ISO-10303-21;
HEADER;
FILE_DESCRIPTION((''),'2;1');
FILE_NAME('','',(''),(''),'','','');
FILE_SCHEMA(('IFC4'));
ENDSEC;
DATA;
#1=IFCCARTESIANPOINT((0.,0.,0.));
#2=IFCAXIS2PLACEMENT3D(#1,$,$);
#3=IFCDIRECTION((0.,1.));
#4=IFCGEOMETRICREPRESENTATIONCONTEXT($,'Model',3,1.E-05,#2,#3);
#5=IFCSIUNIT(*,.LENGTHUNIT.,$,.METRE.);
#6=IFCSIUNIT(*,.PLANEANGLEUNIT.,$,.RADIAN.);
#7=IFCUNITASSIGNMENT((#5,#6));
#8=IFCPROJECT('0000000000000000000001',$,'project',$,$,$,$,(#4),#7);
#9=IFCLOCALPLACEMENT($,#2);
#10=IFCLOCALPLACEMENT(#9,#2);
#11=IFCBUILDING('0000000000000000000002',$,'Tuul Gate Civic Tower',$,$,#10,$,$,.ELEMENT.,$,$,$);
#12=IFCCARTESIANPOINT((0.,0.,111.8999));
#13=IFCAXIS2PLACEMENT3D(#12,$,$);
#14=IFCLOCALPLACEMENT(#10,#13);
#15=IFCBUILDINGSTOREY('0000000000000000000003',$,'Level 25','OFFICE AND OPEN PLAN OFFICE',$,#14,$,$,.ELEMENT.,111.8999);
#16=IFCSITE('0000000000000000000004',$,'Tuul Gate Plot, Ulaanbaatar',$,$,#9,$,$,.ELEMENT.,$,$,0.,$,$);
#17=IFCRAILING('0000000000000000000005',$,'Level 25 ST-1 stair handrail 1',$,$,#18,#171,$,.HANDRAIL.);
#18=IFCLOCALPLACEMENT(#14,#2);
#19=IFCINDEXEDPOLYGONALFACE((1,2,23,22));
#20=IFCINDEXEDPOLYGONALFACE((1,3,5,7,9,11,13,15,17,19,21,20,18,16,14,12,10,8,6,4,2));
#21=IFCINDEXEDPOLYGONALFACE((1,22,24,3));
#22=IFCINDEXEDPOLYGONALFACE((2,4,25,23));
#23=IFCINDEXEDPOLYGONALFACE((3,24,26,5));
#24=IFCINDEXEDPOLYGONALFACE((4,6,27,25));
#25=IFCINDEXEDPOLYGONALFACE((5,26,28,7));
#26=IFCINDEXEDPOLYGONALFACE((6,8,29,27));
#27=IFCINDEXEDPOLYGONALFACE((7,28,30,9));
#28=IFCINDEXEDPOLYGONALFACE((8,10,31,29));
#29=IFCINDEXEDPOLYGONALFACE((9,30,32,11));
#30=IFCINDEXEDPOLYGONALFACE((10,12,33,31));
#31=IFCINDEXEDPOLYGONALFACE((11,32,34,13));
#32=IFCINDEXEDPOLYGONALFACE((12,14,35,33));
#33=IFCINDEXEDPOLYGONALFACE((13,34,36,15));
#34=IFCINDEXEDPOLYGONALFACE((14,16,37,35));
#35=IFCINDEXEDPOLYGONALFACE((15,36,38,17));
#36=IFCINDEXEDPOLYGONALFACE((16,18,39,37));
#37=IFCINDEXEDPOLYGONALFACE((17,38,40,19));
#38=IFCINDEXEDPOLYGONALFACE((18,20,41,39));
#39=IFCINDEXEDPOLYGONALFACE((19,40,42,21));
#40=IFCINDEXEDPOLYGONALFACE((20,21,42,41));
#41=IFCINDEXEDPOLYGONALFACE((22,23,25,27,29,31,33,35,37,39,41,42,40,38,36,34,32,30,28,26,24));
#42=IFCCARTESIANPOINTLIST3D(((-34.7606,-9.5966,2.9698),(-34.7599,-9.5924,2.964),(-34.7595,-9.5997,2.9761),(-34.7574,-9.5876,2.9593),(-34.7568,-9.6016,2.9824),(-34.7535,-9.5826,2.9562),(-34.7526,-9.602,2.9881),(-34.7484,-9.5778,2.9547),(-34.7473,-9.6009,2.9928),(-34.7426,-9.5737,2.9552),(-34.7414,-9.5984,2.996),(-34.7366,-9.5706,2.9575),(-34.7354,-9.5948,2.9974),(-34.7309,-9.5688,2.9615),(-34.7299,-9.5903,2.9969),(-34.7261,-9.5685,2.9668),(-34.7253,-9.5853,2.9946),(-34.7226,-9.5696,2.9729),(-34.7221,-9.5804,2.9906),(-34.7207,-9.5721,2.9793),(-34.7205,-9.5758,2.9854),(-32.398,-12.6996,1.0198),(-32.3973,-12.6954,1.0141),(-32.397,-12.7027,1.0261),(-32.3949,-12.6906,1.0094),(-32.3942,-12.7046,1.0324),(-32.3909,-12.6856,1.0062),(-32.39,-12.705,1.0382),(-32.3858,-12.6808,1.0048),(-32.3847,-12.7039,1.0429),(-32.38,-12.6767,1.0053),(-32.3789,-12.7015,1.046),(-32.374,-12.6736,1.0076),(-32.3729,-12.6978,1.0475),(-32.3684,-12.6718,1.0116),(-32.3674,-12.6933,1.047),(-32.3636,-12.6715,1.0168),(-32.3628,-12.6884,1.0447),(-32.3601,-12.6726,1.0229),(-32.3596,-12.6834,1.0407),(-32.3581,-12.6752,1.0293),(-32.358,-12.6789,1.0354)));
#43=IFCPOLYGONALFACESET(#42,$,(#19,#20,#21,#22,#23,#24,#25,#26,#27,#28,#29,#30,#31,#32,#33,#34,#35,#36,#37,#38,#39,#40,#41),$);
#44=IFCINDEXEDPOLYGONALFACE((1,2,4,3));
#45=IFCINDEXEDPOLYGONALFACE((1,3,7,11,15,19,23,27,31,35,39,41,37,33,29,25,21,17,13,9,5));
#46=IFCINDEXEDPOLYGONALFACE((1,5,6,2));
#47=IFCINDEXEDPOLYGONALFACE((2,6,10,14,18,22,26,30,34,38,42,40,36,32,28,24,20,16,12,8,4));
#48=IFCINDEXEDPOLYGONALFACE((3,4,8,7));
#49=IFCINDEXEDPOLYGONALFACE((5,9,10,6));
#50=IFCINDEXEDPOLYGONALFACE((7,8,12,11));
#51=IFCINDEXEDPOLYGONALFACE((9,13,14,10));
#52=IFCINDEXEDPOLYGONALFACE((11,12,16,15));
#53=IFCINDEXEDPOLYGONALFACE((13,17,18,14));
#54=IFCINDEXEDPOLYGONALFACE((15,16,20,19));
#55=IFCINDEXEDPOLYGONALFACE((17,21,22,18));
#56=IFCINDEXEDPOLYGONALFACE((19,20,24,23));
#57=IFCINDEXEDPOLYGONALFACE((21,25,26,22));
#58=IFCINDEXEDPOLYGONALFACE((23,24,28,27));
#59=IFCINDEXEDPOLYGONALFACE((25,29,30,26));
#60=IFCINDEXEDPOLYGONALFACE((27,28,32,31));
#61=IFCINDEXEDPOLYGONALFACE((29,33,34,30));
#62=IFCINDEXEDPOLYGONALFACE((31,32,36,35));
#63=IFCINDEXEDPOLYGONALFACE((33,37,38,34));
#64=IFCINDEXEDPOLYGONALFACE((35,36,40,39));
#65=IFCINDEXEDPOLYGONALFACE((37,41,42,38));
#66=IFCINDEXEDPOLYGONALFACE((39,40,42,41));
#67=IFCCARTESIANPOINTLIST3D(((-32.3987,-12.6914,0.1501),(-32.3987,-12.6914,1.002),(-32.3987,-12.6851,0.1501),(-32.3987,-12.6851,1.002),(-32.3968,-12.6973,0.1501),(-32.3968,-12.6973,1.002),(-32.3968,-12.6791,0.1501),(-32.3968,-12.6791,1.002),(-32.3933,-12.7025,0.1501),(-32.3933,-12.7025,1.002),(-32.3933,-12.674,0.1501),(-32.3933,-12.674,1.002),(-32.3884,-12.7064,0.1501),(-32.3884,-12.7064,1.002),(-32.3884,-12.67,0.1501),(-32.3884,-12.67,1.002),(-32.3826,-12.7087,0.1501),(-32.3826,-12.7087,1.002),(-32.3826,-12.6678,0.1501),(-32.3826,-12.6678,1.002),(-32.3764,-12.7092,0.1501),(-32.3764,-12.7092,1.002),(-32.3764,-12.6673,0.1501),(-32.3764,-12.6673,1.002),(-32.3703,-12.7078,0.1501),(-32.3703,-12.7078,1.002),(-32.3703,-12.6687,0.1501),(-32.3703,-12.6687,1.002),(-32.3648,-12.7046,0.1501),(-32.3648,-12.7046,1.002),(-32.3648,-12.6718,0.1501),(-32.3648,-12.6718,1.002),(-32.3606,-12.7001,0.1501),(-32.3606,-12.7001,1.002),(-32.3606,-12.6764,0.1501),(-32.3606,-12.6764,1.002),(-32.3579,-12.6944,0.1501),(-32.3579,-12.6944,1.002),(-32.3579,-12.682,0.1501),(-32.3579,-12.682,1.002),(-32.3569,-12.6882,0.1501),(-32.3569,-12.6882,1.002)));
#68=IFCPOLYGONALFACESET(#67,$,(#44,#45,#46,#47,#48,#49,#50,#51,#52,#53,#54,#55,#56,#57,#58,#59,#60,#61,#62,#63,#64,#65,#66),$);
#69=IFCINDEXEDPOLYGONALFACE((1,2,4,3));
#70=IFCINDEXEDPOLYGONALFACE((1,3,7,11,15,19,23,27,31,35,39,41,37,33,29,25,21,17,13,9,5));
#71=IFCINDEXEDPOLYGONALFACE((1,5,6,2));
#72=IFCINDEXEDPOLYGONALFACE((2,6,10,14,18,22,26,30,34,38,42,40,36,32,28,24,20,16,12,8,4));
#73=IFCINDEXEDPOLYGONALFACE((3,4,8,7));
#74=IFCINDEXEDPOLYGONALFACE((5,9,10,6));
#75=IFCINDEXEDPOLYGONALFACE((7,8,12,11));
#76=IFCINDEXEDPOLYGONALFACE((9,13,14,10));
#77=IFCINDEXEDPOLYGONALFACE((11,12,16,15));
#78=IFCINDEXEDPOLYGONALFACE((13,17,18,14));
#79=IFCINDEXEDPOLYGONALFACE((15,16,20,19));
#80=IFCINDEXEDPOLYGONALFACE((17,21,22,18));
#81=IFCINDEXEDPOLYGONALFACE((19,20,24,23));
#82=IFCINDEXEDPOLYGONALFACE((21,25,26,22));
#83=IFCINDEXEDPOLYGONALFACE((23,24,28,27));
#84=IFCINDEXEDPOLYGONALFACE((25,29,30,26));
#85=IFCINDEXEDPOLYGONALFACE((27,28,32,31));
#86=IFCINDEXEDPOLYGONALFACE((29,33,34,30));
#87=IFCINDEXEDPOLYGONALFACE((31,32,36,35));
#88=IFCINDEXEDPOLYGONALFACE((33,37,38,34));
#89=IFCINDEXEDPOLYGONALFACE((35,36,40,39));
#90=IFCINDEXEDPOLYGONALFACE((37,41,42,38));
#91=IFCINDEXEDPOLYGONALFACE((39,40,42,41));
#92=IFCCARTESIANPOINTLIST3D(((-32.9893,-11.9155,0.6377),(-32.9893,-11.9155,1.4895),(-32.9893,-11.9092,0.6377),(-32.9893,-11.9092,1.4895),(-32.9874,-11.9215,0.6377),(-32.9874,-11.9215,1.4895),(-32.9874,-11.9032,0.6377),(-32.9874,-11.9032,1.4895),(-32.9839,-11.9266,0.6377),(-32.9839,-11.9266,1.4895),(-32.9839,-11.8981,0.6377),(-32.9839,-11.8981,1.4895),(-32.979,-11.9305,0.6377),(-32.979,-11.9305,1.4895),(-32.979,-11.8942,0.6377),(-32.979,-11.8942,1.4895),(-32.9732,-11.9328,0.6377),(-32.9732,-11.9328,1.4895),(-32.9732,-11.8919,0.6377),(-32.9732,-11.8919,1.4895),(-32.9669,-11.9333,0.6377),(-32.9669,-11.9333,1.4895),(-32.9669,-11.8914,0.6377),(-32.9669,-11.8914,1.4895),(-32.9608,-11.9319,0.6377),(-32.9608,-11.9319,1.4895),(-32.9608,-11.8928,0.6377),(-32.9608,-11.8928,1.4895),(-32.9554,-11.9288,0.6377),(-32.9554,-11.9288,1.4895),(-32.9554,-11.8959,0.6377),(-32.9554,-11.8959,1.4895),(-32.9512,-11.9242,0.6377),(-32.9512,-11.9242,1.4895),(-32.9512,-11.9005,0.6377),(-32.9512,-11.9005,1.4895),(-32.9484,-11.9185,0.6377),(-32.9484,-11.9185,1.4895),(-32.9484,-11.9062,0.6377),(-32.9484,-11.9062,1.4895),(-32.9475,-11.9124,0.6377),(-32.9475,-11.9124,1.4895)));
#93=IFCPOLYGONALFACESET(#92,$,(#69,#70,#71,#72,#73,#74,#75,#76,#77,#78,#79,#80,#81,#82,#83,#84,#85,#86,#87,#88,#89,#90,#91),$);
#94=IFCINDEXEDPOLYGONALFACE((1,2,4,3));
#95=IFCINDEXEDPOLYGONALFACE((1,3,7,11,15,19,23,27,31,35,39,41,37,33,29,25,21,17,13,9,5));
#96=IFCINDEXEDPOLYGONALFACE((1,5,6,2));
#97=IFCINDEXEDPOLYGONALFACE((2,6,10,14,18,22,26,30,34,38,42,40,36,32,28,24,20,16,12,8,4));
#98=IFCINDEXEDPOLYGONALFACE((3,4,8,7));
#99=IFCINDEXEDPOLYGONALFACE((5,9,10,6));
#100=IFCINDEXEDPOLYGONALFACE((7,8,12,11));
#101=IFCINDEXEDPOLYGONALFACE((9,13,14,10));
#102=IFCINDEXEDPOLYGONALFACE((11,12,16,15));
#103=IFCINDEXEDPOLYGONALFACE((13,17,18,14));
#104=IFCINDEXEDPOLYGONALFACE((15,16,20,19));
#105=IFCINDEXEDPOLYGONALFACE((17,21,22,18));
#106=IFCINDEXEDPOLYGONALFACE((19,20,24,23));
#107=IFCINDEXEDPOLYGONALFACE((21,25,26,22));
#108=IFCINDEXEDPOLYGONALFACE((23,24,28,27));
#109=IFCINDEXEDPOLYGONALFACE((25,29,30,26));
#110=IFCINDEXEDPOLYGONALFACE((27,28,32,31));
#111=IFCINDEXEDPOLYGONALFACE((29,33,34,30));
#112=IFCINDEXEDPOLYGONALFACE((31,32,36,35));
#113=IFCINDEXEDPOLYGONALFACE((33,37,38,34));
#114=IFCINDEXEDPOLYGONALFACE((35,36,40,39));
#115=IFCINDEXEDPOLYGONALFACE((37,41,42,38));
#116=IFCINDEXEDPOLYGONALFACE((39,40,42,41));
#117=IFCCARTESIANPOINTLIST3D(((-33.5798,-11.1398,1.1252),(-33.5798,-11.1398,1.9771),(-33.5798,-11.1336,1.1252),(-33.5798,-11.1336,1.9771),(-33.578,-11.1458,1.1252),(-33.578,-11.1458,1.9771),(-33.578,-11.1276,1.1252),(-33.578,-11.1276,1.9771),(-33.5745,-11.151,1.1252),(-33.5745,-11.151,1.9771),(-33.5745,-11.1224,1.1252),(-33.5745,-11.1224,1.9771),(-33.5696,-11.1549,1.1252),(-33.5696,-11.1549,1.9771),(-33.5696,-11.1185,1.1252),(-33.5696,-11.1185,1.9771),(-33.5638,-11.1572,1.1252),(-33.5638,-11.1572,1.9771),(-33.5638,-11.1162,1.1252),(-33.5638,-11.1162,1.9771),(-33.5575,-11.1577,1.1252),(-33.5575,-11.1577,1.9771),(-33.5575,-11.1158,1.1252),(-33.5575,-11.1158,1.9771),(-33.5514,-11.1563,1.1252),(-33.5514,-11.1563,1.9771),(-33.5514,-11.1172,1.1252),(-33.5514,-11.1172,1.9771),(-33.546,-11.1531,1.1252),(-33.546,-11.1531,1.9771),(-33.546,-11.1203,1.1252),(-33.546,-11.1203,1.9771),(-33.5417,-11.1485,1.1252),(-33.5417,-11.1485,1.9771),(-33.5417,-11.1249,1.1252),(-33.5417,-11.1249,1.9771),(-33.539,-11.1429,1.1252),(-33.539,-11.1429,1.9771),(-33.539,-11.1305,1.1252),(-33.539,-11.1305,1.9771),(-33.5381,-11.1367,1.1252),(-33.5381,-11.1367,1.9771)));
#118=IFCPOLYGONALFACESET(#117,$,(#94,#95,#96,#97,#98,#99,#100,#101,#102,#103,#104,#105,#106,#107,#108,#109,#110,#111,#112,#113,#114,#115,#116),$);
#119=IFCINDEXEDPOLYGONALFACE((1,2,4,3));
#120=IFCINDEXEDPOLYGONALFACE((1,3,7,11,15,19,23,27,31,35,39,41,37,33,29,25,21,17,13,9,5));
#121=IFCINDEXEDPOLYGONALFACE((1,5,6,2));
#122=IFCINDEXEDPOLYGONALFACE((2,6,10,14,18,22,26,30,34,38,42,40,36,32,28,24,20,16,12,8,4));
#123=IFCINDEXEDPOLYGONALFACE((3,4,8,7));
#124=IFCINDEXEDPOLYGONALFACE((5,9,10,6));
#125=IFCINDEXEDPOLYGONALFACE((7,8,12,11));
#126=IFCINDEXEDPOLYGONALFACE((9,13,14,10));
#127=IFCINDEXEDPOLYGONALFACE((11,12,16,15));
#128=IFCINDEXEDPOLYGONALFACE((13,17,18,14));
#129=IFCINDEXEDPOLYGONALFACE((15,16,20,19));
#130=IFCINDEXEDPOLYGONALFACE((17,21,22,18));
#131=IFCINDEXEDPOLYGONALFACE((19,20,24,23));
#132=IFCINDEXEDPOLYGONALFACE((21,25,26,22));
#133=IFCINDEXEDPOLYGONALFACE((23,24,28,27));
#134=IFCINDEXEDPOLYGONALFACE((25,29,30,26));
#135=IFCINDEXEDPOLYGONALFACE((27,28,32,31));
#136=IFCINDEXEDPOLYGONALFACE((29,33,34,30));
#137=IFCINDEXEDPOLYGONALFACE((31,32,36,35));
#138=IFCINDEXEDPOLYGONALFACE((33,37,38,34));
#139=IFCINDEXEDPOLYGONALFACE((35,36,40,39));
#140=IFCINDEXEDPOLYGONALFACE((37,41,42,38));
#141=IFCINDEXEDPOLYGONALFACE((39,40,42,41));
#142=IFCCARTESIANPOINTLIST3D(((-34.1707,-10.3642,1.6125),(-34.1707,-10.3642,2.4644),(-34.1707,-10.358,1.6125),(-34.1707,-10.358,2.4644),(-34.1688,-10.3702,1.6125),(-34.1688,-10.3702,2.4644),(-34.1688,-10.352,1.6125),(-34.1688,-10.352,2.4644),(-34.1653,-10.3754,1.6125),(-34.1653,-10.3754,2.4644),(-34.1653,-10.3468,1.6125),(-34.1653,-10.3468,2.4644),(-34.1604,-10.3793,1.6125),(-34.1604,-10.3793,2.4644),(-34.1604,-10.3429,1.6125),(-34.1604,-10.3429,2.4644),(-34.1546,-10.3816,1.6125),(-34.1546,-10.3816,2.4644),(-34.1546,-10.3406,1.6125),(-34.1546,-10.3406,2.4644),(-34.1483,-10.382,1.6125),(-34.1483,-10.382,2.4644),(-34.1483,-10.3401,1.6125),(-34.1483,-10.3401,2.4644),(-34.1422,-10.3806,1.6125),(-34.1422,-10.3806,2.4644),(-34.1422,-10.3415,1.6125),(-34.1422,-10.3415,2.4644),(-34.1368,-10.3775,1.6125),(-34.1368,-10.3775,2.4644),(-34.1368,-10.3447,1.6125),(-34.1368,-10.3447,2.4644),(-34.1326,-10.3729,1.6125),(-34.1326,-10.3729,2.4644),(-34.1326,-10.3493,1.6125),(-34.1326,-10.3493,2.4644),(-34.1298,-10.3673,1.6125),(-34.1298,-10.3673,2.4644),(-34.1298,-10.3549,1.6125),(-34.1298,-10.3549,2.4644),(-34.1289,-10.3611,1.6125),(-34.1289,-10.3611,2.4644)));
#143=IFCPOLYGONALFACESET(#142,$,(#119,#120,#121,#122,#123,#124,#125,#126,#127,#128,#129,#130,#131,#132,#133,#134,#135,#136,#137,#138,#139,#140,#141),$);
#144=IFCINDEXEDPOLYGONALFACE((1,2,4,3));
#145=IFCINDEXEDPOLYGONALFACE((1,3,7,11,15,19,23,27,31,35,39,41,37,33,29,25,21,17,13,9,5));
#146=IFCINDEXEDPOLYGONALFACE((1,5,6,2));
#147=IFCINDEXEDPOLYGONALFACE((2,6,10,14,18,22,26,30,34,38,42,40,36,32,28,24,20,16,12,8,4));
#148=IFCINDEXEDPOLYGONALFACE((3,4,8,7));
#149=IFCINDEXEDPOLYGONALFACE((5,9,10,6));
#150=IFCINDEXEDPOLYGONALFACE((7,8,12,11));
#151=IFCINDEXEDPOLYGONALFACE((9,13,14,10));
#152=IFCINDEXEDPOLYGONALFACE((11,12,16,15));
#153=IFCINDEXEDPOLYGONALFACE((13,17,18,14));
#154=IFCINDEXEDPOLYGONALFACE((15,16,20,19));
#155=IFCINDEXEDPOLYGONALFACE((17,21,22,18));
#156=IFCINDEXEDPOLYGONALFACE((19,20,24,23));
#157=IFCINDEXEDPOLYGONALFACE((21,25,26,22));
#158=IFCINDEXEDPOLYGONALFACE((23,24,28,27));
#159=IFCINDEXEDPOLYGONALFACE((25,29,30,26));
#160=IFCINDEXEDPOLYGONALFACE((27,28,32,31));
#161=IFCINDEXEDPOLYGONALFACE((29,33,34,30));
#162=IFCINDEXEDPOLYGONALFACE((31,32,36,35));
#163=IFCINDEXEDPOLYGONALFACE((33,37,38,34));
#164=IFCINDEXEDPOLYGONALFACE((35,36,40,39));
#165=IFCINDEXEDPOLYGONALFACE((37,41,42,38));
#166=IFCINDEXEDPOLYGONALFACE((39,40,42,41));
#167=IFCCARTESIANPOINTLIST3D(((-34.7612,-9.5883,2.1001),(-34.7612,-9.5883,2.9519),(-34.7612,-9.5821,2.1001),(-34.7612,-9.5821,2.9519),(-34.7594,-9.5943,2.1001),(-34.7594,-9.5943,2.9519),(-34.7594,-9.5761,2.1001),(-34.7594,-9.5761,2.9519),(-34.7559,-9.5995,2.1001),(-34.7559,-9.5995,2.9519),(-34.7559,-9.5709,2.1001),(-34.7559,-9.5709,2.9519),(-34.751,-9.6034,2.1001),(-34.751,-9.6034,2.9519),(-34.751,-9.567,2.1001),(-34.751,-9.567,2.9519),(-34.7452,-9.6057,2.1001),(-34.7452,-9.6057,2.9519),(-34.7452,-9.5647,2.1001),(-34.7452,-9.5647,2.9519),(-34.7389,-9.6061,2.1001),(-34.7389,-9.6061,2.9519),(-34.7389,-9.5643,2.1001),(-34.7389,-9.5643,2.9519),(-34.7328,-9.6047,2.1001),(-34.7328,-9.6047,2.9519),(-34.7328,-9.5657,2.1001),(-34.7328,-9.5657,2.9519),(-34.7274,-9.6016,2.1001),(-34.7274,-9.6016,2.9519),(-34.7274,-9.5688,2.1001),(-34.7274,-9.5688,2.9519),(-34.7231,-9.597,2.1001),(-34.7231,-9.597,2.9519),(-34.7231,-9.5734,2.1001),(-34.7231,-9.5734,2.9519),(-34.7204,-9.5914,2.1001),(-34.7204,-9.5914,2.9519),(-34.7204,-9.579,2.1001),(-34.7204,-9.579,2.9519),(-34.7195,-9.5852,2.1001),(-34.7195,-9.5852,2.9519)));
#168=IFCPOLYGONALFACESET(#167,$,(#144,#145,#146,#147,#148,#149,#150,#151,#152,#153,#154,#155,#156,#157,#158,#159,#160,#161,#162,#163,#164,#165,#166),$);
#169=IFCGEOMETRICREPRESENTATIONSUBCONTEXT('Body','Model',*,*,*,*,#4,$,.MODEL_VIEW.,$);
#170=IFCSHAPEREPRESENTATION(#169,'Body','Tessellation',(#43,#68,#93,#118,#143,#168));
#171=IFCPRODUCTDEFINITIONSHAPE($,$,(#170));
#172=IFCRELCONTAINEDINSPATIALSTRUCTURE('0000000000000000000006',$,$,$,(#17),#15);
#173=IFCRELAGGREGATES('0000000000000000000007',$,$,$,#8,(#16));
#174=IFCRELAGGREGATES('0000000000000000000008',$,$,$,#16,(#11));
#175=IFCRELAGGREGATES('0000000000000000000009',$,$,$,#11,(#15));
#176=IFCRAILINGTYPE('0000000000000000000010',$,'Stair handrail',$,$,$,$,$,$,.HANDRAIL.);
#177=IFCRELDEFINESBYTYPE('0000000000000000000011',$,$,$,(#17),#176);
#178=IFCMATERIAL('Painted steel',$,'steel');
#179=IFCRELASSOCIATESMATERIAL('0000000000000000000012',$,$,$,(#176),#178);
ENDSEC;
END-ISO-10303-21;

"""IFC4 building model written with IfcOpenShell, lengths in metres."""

from ifc_helpers import new_model, si_unit, direction, frame, origin, origin_2d, place, context, subcontext, project, spatial, circle, extrude, material, type_object, element, save


model = new_model("IFC4")

# Units and contexts
model_context = context("Model", 3, precision=1e-05, world=origin(), true_north=direction((0.0, 1.0)))
body_context = subcontext(model_context, "Body", "Model", "MODEL_VIEW")
ifc_project = project(units=[si_unit("LENGTHUNIT", "METRE"), si_unit("PLANEANGLEUNIT", "RADIAN")], contexts=[model_context])

# Site, building, storey
site_placement = place(None, origin())
site = spatial("IfcSite", under=ifc_project, at=site_placement, Name="Tuul Gate Plot, Ulaanbaatar", CompositionType="ELEMENT", RefElevation=0.0)
building_placement = place(site_placement, origin())
building = spatial("IfcBuilding", under=site, at=building_placement, Name="Tuul Gate Civic Tower", CompositionType="ELEMENT")
storey_placement = place(building_placement, frame((0.0, 0.0, 111.8999)))
storey = spatial("IfcBuildingStorey", under=building, at=storey_placement, Name="Level 25", Description="OFFICE AND OPEN PLAN OFFICE", CompositionType="ELEMENT", Elevation=111.8999)

# Railing
ifc_material_1 = material(Name="Painted steel", Category="steel")
railing_type_1 = type_object("IfcRailingType", Name="Stair handrail", PredefinedType="HANDRAIL", material=ifc_material_1)
railing_1_placement = place(storey_placement, frame((-32.3779, -12.6882, 0.1501)))
element("IfcRailing", 1, at=railing_1_placement, inside=storey, type_object=railing_type_1, Name="Level 25 ST-1 stair handrail 1", PredefinedType="HANDRAIL", context=body_context, shape_type="SweptSolid", body=[
    extrude(circle(Radius=0.0239, at=origin_2d()), frame((0.0, 0.0, 0.876), z_axis=(-0.541824, 0.711645, 0.4472), x_axis=(-0.795637, -0.605773, 0.0)), (0.0, 0.0, 1.0), 4.3604),
    extrude(circle(Radius=0.021, at=origin_2d()), origin(), (0.0, 0.0, 1.0), 0.8518),
    extrude(circle(Radius=0.021, at=origin_2d()), frame((-0.5906, 0.7759, 0.4875)), (0.0, 0.0, 1.0), 0.8518),
    extrude(circle(Radius=0.021, at=origin_2d()), frame((-1.1812, 1.5515, 0.9751)), (0.0, 0.0, 1.0), 0.8518),
    extrude(circle(Radius=0.021, at=origin_2d()), frame((-1.772, 2.3271, 1.4624)), (0.0, 0.0, 1.0), 0.8518),
    extrude(circle(Radius=0.021, at=origin_2d()), frame((-2.3625, 3.103, 1.95)), (0.0, 0.0, 1.0), 0.8518),
])

save(model, "model.ifc")
